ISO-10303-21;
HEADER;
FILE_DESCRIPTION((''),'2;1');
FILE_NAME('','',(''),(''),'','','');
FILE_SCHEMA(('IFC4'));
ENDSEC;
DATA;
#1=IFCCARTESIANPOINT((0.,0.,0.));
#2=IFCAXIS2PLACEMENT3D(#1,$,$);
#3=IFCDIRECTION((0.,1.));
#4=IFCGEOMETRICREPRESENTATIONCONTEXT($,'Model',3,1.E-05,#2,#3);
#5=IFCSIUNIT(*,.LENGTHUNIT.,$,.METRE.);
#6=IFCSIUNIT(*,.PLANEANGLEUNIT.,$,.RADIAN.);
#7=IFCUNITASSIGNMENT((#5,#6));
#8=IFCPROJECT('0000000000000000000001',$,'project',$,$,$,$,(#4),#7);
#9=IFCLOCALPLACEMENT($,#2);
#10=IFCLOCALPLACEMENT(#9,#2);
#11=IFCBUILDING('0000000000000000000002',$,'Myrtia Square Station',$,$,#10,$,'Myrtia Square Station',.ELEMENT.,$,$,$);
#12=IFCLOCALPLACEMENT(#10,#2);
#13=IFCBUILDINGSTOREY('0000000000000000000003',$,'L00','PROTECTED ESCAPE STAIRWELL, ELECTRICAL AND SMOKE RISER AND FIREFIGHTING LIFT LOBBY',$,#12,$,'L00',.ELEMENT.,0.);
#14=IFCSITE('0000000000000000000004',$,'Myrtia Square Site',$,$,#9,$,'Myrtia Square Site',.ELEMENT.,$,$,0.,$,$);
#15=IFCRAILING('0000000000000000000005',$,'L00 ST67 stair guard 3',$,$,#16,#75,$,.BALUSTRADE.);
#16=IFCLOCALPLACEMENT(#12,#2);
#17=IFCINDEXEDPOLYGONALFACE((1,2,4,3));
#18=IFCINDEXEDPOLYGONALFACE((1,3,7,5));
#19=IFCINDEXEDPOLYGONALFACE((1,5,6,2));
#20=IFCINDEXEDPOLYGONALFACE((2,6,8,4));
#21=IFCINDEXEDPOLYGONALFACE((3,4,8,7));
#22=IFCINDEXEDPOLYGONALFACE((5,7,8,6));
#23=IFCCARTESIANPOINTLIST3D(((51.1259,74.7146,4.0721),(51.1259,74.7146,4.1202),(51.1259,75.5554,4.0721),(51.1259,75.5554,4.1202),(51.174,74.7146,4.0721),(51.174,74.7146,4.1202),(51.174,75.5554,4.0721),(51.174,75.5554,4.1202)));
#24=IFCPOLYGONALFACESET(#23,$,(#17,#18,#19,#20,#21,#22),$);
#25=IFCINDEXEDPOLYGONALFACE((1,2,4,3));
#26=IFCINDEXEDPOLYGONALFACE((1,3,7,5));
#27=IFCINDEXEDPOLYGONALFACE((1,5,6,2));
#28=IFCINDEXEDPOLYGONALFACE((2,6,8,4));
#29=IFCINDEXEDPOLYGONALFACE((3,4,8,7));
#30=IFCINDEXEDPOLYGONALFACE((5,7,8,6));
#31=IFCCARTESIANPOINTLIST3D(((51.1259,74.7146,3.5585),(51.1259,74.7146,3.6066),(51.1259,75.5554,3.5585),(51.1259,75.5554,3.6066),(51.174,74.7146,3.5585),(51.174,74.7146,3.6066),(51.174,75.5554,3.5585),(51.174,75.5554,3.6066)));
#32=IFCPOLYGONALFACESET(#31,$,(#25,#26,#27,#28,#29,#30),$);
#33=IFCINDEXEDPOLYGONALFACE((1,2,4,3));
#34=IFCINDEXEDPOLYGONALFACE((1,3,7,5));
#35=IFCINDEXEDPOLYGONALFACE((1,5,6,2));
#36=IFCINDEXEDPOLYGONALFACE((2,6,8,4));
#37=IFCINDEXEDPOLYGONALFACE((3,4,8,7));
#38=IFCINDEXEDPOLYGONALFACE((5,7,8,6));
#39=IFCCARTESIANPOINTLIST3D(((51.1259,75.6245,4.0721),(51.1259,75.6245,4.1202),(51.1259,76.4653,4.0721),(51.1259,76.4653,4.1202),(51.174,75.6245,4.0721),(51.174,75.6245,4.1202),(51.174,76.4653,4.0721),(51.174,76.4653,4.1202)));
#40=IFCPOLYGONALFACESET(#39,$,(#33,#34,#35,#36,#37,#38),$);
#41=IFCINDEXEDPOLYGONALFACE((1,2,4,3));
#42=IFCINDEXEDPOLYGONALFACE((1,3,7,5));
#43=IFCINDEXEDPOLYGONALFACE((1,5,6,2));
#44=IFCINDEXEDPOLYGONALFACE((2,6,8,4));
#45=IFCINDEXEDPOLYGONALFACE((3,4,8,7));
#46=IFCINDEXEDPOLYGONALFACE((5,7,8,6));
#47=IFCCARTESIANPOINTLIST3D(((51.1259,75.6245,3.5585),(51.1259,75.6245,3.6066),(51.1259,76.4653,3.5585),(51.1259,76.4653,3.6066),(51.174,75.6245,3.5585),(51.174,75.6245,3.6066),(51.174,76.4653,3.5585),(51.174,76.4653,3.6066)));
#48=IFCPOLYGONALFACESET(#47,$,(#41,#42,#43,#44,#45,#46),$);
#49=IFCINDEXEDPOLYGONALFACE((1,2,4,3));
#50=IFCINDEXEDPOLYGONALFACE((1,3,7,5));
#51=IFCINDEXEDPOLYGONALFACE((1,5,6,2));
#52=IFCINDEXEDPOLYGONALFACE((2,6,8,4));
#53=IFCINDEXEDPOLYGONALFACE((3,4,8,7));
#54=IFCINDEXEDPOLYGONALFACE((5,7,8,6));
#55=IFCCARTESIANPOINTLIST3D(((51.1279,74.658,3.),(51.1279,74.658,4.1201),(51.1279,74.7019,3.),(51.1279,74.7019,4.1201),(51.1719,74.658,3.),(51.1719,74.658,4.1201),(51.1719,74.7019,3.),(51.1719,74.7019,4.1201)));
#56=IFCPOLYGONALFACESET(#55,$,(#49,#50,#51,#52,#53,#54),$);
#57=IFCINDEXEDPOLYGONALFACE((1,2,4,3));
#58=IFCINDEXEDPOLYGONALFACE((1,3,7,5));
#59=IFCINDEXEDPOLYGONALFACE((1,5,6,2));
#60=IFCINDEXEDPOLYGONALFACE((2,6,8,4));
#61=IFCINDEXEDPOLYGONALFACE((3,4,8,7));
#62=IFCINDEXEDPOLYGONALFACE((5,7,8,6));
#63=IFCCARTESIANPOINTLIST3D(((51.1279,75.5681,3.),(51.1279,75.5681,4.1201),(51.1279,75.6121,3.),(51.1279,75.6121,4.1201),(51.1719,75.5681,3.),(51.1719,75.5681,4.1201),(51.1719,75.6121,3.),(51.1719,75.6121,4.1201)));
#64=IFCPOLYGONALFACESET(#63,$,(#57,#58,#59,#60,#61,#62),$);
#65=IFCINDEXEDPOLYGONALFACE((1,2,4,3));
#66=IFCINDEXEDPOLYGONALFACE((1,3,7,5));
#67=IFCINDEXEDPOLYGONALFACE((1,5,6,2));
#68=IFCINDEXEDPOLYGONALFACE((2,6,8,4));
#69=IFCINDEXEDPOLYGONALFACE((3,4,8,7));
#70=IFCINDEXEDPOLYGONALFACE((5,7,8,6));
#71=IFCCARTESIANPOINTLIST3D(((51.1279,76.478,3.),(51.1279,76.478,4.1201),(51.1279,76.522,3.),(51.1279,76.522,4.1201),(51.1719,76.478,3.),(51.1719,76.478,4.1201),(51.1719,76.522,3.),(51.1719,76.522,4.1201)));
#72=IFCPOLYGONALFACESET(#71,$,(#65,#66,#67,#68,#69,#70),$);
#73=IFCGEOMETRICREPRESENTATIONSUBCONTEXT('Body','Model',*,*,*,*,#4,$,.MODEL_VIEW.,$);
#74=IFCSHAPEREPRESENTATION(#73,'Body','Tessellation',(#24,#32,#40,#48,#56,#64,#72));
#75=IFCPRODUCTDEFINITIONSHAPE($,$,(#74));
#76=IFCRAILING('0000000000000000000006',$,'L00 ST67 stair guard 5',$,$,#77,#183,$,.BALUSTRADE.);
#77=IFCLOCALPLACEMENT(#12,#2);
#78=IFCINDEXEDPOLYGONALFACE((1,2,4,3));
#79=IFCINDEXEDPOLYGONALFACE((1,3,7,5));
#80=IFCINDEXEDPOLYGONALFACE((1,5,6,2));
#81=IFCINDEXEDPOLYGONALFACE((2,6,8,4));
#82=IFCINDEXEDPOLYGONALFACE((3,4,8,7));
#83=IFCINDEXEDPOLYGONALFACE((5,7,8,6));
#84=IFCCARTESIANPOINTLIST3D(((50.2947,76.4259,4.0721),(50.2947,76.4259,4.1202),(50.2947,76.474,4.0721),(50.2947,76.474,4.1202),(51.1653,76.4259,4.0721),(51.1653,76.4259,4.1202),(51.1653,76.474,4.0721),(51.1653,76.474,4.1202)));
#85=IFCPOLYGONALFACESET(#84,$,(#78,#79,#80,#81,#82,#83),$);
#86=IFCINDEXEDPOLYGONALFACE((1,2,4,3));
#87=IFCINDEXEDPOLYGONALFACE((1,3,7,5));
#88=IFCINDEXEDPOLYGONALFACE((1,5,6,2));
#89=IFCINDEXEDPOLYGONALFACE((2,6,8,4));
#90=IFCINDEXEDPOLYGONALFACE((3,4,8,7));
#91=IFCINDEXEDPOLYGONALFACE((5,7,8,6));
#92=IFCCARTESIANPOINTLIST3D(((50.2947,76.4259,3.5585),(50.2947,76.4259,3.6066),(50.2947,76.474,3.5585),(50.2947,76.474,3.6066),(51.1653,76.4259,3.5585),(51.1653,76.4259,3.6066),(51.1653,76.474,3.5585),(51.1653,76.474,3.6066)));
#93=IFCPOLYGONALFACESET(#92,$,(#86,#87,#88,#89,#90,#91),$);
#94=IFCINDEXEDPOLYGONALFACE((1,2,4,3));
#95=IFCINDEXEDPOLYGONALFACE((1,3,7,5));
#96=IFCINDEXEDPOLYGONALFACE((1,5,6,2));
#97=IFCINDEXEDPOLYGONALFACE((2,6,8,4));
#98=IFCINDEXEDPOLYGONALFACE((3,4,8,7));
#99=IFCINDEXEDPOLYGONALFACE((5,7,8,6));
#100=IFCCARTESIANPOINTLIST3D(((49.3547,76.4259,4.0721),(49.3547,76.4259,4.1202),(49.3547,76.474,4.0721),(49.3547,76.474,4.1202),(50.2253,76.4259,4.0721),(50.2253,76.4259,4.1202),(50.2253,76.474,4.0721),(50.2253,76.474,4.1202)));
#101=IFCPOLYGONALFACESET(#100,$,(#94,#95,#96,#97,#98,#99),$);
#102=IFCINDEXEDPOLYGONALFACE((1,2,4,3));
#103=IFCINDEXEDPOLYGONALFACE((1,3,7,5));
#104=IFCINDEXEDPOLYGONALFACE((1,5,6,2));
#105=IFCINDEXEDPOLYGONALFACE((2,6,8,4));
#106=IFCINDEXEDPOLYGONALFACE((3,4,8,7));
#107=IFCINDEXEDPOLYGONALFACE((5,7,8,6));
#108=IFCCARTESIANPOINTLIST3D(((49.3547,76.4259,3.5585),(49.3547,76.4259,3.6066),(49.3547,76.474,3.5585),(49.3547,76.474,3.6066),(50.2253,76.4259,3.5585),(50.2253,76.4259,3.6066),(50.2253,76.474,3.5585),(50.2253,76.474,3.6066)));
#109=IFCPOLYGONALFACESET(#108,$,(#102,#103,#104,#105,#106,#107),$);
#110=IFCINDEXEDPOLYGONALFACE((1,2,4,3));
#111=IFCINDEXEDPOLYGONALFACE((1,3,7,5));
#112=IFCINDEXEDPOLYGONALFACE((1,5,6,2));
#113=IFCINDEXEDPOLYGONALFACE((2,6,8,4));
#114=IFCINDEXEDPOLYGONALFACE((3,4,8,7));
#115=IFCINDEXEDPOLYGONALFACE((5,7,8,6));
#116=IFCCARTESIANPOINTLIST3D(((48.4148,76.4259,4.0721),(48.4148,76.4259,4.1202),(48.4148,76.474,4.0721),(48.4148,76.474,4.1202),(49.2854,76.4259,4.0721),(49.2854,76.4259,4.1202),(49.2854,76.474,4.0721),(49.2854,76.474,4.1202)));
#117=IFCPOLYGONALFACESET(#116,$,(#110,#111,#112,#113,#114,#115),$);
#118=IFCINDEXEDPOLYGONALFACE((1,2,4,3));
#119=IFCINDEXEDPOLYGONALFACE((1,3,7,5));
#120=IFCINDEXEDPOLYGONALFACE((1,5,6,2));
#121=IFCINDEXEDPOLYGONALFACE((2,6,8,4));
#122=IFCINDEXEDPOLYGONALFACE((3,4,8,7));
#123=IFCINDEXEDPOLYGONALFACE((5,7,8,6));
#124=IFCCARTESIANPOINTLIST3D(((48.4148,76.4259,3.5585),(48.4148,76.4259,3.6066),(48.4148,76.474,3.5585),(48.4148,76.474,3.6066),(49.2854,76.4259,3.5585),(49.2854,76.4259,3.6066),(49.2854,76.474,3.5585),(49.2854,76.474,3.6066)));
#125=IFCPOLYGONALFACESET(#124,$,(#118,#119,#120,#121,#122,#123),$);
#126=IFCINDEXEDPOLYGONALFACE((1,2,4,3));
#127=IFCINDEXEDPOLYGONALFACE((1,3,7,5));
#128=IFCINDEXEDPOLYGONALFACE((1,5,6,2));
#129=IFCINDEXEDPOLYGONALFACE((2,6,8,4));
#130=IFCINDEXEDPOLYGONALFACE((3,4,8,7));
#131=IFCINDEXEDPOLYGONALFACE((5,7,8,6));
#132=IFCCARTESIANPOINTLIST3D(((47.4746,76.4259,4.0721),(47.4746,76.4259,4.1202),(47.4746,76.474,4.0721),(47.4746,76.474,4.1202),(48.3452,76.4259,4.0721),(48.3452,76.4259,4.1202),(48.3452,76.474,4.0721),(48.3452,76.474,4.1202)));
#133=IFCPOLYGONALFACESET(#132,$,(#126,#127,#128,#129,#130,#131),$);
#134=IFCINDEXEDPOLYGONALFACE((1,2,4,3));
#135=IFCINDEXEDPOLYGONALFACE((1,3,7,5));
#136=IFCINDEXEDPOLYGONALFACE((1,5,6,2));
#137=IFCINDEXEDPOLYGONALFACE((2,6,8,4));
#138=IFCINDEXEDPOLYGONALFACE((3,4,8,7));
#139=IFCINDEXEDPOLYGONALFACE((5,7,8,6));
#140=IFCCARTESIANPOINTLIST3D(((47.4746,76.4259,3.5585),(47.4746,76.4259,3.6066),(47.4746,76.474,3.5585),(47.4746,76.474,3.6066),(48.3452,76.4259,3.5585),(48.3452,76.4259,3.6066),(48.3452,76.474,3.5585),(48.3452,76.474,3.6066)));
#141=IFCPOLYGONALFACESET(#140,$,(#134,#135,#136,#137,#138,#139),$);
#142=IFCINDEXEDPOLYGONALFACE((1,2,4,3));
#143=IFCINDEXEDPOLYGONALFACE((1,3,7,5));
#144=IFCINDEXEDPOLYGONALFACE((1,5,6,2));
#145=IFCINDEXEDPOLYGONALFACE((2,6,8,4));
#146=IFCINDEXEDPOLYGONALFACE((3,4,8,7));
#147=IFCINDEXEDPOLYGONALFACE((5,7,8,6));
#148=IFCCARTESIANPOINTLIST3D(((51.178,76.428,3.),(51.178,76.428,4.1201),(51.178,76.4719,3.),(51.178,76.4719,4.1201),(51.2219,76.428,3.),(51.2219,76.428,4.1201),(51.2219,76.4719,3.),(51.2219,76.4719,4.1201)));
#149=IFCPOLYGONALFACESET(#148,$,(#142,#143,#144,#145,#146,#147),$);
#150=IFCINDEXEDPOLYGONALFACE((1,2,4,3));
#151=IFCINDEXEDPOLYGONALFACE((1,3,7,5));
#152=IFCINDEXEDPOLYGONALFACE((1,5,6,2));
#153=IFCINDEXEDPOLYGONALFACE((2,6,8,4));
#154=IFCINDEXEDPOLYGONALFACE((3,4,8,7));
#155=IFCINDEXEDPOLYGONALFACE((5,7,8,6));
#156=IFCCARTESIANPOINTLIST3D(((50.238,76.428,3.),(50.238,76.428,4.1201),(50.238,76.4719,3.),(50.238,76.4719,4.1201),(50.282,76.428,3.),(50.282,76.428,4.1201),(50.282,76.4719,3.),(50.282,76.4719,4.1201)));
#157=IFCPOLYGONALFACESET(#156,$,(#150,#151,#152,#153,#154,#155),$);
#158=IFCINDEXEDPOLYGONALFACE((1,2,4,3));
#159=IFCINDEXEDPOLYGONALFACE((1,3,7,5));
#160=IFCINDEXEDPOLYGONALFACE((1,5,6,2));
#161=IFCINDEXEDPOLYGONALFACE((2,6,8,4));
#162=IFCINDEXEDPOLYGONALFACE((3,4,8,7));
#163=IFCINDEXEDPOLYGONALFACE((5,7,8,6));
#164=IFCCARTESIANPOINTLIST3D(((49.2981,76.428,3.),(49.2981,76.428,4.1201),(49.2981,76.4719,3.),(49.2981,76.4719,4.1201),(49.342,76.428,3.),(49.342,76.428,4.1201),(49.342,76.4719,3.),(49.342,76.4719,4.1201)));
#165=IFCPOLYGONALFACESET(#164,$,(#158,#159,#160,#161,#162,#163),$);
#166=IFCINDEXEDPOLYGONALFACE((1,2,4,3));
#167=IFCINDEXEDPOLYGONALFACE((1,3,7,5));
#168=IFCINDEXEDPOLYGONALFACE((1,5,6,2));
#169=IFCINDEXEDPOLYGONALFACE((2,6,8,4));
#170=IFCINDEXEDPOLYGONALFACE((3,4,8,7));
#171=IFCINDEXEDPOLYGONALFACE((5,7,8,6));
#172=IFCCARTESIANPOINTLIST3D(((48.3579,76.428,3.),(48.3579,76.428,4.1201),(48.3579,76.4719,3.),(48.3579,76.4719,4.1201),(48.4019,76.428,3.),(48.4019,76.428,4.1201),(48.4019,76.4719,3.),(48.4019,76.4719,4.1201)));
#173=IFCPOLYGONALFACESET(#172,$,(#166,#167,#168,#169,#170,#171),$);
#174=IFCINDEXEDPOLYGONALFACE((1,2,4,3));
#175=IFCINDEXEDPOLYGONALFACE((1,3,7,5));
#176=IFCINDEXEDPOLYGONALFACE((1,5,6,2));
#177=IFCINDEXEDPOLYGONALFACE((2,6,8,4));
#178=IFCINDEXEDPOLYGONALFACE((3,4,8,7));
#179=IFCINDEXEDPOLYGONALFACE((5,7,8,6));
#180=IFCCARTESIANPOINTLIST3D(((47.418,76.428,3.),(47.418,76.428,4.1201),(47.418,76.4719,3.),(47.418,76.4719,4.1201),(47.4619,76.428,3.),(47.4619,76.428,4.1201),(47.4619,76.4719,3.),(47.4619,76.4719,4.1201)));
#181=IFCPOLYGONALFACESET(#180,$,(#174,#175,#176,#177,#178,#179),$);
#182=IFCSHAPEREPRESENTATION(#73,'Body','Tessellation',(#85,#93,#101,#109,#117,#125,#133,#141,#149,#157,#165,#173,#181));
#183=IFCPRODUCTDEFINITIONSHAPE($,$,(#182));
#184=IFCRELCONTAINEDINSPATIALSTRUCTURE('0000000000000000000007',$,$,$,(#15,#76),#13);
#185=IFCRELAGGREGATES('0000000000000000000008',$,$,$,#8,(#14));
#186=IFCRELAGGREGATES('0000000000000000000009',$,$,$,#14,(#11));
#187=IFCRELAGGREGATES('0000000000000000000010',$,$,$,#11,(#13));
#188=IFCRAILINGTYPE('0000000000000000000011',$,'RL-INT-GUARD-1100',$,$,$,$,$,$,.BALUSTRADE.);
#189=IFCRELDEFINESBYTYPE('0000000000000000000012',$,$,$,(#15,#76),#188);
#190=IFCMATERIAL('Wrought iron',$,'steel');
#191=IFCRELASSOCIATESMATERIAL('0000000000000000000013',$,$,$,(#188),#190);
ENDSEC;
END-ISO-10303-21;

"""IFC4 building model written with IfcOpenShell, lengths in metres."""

from ifc_helpers import new_model, si_unit, direction, frame, origin, origin_2d, place, context, subcontext, project, spatial, rectangle, extrude, material, type_object, element, save


model = new_model("IFC4")

# Units and contexts
model_context = context("Model", 3, precision=1e-05, world=origin(), true_north=direction((0.0, 1.0)))
body_context = subcontext(model_context, "Body", "Model", "MODEL_VIEW")
ifc_project = project(units=[si_unit("LENGTHUNIT", "METRE"), si_unit("PLANEANGLEUNIT", "RADIAN")], contexts=[model_context])

# Site, building, storey
site_placement = place(None, origin())
site = spatial("IfcSite", under=ifc_project, at=site_placement, Name="Myrtia Square Site", LongName="Myrtia Square Site", CompositionType="ELEMENT", RefElevation=0.0)
building_placement = place(site_placement, origin())
building = spatial("IfcBuilding", under=site, at=building_placement, Name="Myrtia Square Station", LongName="Myrtia Square Station", CompositionType="ELEMENT")
storey_placement = place(building_placement, origin())
storey = spatial("IfcBuildingStorey", under=building, at=storey_placement, Name="L00", Description="PROTECTED ESCAPE STAIRWELL, ELECTRICAL AND SMOKE RISER AND FIREFIGHTING LIFT LOBBY", LongName="L00", CompositionType="ELEMENT", Elevation=0.0)

# Railings
ifc_material_1 = material(Name="Wrought iron", Category="steel")
railing_type_1 = type_object("IfcRailingType", Name="RL-INT-GUARD-1100", PredefinedType="BALUSTRADE", material=ifc_material_1)
railing_1_placement = place(storey_placement, frame((51.1499, 74.6799, 3.0)))
element("IfcRailing", 1, at=railing_1_placement, inside=storey, type_object=railing_type_1, Name="L00 ST67 stair guard 3", PredefinedType="BALUSTRADE", context=body_context, shape_type="SweptSolid", body=[
    extrude(rectangle(XDim=0.0481, YDim=0.0481, at=origin_2d()), frame((0.0, 0.0347, 1.0962), z_axis=(0.0, 1.0, 0.0), x_axis=(-1.0, 0.0, 0.0)), (0.0, 0.0, 1.0), 0.8408),
    extrude(rectangle(XDim=0.0481, YDim=0.0481, at=origin_2d()), frame((0.0, 0.0347, 0.5825), z_axis=(0.0, 1.0, 0.0), x_axis=(-1.0, 0.0, 0.0)), (0.0, 0.0, 1.0), 0.8408),
    extrude(rectangle(XDim=0.0481, YDim=0.0481, at=origin_2d()), frame((0.0, 0.9446, 1.0962), z_axis=(0.0, 1.0, 0.0), x_axis=(-1.0, 0.0, 0.0)), (0.0, 0.0, 1.0), 0.8408),
    extrude(rectangle(XDim=0.0481, YDim=0.0481, at=origin_2d()), frame((0.0, 0.9446, 0.5825), z_axis=(0.0, 1.0, 0.0), x_axis=(-1.0, 0.0, 0.0)), (0.0, 0.0, 1.0), 0.8408),
    extrude(rectangle(XDim=0.0439, YDim=0.0439, at=origin_2d()), origin(), (0.0, 0.0, 1.0), 1.1201),
    extrude(rectangle(XDim=0.0439, YDim=0.0439, at=origin_2d()), frame((0.0, 0.9102, 0.0)), (0.0, 0.0, 1.0), 1.1201),
    extrude(rectangle(XDim=0.0439, YDim=0.0439, at=origin_2d()), frame((0.0, 1.8201, 0.0)), (0.0, 0.0, 1.0), 1.1201),
])
railing_2_placement = place(storey_placement, frame((51.2, 76.45, 3.0)))
element("IfcRailing", 2, at=railing_2_placement, inside=storey, type_object=railing_type_1, Name="L00 ST67 stair guard 5", PredefinedType="BALUSTRADE", context=body_context, shape_type="SweptSolid", body=[
    extrude(rectangle(XDim=0.0481, YDim=0.0481, at=origin_2d()), frame((-0.0347, 0.0, 1.0962), z_axis=(-1.0, 0.0, 0.0), x_axis=(0.0, -1.0, 0.0)), (0.0, 0.0, 1.0), 0.8706),
    extrude(rectangle(XDim=0.0481, YDim=0.0481, at=origin_2d()), frame((-0.0347, 0.0, 0.5825), z_axis=(-1.0, 0.0, 0.0), x_axis=(0.0, -1.0, 0.0)), (0.0, 0.0, 1.0), 0.8706),
    extrude(rectangle(XDim=0.0481, YDim=0.0481, at=origin_2d()), frame((-0.9746, 0.0, 1.0962), z_axis=(-1.0, 0.0, 0.0), x_axis=(0.0, -1.0, 0.0)), (0.0, 0.0, 1.0), 0.8706),
    extrude(rectangle(XDim=0.0481, YDim=0.0481, at=origin_2d()), frame((-0.9746, 0.0, 0.5825), z_axis=(-1.0, 0.0, 0.0), x_axis=(0.0, -1.0, 0.0)), (0.0, 0.0, 1.0), 0.8706),
    extrude(rectangle(XDim=0.0481, YDim=0.0481, at=origin_2d()), frame((-1.9146, 0.0, 1.0962), z_axis=(-1.0, 0.0, 0.0), x_axis=(0.0, -1.0, 0.0)), (0.0, 0.0, 1.0), 0.8706),
    extrude(rectangle(XDim=0.0481, YDim=0.0481, at=origin_2d()), frame((-1.9146, 0.0, 0.5825), z_axis=(-1.0, 0.0, 0.0), x_axis=(0.0, -1.0, 0.0)), (0.0, 0.0, 1.0), 0.8706),
    extrude(rectangle(XDim=0.0481, YDim=0.0481, at=origin_2d()), frame((-2.8547, 0.0, 1.0962), z_axis=(-1.0, 0.0, 0.0), x_axis=(0.0, -1.0, 0.0)), (0.0, 0.0, 1.0), 0.8706),
    extrude(rectangle(XDim=0.0481, YDim=0.0481, at=origin_2d()), frame((-2.8547, 0.0, 0.5825), z_axis=(-1.0, 0.0, 0.0), x_axis=(0.0, -1.0, 0.0)), (0.0, 0.0, 1.0), 0.8706),
    extrude(rectangle(XDim=0.0439, YDim=0.0439, at=origin_2d()), origin(), (0.0, 0.0, 1.0), 1.1201),
    extrude(rectangle(XDim=0.0439, YDim=0.0439, at=origin_2d()), frame((-0.9399, 0.0, 0.0)), (0.0, 0.0, 1.0), 1.1201),
    extrude(rectangle(XDim=0.0439, YDim=0.0439, at=origin_2d()), frame((-1.8799, 0.0, 0.0)), (0.0, 0.0, 1.0), 1.1201),
    extrude(rectangle(XDim=0.0439, YDim=0.0439, at=origin_2d()), frame((-2.8201, 0.0, 0.0)), (0.0, 0.0, 1.0), 1.1201),
    extrude(rectangle(XDim=0.0439, YDim=0.0439, at=origin_2d()), frame((-3.76, 0.0, 0.0)), (0.0, 0.0, 1.0), 1.1201),
])

save(model, "model.ifc")
